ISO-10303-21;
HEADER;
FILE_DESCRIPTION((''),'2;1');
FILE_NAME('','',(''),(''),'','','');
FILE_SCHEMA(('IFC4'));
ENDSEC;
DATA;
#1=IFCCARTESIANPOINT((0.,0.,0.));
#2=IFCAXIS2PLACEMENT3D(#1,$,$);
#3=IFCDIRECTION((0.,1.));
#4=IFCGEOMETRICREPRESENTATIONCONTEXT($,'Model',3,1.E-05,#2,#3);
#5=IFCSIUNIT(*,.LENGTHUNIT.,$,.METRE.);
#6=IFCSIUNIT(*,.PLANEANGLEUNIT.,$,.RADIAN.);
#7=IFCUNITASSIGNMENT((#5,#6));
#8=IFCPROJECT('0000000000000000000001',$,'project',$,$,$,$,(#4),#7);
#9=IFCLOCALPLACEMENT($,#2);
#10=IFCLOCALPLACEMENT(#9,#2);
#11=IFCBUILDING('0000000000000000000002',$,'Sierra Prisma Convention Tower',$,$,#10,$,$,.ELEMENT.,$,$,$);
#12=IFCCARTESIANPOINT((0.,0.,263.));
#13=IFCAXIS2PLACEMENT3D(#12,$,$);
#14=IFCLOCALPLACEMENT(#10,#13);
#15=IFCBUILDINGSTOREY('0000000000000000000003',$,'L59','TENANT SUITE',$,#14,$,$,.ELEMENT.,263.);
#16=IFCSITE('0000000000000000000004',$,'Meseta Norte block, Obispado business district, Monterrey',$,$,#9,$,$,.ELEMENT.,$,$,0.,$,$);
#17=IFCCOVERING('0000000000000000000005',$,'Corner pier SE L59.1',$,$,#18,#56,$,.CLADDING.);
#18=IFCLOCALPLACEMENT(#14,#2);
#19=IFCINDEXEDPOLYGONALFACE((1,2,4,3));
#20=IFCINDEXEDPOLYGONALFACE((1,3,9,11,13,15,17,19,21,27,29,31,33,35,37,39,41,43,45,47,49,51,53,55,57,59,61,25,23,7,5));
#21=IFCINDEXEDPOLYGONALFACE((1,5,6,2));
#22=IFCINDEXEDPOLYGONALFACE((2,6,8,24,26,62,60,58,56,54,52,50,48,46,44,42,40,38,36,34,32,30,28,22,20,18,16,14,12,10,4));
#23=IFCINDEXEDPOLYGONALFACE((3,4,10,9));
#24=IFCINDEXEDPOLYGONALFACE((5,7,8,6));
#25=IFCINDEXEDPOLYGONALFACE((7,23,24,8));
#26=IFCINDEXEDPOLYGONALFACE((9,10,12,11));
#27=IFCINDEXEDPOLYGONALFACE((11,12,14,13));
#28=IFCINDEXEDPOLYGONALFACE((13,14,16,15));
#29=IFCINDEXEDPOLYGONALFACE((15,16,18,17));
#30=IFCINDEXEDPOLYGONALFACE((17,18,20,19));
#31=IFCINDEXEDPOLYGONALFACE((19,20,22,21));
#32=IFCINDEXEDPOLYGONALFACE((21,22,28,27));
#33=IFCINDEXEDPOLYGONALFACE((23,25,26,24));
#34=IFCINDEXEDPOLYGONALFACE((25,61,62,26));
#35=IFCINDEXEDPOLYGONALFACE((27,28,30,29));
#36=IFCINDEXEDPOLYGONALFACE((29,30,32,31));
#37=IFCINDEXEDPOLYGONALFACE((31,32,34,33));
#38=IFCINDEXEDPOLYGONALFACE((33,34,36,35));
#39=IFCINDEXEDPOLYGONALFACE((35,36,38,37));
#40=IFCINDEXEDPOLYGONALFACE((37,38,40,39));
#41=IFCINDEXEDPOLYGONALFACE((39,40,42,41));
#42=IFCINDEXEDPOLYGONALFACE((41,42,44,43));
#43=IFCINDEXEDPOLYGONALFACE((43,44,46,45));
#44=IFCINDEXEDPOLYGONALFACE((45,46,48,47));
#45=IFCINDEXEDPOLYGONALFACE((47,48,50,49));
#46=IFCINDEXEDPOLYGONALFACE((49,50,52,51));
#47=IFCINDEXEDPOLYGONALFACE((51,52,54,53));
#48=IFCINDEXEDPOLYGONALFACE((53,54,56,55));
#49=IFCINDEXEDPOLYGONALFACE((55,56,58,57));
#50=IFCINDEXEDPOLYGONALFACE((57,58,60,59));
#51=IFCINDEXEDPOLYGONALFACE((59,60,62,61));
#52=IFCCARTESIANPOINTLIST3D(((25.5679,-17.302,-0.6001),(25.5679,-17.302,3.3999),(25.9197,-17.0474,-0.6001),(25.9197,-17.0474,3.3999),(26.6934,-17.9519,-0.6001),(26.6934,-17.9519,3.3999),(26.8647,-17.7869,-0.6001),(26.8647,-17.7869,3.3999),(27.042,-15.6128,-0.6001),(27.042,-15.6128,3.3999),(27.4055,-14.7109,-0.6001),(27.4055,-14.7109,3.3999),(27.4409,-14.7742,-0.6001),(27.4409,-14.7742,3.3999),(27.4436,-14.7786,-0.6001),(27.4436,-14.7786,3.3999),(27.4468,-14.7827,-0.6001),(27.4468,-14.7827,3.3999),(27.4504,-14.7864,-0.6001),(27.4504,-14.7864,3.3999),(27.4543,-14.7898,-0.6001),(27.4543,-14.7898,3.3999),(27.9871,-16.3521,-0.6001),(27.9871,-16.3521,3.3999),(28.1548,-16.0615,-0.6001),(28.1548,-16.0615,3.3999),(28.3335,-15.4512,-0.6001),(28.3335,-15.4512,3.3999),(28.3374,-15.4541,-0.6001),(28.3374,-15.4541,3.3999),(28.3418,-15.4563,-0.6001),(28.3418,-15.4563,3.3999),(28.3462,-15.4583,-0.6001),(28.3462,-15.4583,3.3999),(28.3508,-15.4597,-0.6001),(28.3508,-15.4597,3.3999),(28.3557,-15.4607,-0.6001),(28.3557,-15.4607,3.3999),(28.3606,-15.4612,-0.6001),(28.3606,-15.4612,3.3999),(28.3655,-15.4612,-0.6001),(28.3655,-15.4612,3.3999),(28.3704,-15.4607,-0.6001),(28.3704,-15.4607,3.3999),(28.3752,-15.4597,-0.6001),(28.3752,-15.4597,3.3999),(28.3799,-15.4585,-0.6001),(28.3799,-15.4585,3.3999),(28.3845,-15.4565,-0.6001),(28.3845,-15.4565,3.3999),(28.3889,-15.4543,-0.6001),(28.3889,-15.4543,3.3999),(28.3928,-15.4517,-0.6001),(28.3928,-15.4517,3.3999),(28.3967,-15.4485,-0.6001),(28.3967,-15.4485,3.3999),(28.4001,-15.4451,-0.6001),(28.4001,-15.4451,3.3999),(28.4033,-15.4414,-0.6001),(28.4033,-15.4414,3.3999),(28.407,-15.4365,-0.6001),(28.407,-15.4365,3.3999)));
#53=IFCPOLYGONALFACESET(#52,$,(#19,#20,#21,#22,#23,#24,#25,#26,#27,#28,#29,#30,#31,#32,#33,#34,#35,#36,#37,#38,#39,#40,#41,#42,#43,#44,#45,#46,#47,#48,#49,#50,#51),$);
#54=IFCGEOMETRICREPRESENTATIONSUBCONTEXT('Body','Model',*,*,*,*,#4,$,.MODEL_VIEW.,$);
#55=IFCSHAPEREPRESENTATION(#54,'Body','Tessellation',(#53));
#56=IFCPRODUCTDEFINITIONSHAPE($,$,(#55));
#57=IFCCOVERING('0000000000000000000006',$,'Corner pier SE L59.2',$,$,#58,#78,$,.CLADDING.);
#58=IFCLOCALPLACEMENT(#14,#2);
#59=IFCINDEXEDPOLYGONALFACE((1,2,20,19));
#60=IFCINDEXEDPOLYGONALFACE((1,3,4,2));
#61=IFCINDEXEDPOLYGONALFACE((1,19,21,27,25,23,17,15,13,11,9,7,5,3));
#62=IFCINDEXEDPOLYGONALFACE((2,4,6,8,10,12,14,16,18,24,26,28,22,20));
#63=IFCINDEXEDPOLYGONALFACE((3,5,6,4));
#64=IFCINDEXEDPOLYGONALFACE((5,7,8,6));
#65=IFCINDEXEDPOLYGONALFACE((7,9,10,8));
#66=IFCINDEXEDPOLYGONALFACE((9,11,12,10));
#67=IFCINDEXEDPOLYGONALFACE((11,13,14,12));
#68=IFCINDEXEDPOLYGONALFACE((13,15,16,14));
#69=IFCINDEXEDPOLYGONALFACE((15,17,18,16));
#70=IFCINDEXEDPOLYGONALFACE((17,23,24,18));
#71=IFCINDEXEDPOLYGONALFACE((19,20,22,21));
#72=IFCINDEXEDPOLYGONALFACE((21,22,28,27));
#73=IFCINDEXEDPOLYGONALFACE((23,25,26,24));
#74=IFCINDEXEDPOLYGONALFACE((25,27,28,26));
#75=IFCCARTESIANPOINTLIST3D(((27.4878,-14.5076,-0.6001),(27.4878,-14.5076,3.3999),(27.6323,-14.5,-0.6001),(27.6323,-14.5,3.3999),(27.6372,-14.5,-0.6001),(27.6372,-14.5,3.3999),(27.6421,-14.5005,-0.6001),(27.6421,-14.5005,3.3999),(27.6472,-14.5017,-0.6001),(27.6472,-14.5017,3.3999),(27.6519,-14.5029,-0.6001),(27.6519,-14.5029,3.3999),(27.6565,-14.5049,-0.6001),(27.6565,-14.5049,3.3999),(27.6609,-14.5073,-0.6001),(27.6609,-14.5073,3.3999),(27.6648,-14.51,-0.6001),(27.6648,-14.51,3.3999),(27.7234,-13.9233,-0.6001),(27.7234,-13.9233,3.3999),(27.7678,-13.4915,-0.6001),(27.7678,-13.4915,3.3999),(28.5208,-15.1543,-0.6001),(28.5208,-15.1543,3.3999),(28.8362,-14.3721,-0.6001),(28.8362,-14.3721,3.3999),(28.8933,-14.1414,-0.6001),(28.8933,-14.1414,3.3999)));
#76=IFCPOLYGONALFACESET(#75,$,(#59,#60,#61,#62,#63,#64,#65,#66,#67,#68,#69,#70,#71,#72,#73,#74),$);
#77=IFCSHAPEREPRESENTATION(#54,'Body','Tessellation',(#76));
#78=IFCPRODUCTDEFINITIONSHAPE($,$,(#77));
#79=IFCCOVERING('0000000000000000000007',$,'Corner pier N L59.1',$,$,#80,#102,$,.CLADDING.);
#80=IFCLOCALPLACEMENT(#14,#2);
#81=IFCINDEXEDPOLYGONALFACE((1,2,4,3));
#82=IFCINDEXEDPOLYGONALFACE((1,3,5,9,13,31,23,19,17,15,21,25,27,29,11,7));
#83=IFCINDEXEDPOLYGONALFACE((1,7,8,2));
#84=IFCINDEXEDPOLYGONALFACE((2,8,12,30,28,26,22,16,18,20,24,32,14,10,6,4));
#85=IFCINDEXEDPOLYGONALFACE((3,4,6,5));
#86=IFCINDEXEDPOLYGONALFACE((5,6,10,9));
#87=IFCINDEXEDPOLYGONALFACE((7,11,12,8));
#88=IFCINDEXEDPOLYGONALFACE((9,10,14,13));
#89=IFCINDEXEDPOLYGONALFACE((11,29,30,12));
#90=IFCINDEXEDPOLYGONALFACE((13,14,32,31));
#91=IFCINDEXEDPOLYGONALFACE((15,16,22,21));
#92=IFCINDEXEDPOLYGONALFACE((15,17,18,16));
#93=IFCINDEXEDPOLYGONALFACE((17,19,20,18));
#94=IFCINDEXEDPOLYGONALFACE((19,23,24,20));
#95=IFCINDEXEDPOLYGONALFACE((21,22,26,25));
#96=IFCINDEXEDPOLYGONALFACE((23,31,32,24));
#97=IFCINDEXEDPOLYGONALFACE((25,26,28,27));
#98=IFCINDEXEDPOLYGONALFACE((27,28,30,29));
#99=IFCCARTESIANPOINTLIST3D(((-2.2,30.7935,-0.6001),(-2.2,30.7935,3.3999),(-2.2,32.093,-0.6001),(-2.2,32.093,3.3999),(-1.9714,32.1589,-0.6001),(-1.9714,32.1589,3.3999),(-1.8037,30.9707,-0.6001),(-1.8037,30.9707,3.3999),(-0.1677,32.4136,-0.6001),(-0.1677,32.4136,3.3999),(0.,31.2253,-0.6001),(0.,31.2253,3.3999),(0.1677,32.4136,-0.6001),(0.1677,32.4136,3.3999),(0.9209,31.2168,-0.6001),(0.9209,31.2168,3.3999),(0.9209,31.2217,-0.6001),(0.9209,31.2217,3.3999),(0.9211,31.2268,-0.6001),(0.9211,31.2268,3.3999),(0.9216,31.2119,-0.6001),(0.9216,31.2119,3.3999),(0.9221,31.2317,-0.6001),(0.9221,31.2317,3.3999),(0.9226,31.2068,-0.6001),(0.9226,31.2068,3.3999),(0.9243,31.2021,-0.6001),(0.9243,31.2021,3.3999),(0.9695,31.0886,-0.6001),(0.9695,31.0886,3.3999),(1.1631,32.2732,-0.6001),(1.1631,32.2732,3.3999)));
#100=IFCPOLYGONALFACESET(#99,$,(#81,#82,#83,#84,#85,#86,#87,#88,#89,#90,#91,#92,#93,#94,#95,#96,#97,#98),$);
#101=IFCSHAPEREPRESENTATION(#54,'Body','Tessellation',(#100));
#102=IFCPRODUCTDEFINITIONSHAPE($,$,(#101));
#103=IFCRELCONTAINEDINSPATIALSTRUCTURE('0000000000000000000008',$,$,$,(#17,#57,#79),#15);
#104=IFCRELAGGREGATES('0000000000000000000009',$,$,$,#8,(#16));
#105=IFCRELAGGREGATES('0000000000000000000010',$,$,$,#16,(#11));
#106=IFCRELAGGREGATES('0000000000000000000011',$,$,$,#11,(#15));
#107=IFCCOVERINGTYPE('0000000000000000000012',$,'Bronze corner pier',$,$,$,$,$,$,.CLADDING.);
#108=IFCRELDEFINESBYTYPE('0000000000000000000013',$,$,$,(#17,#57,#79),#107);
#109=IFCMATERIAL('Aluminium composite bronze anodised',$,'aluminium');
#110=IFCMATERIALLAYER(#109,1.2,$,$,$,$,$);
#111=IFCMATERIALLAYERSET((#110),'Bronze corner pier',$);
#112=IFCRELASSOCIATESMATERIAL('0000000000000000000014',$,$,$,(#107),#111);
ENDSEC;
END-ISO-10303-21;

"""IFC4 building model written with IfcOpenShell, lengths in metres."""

from ifc_helpers import new_model, si_unit, direction, frame, origin, place, context, subcontext, project, spatial, polyline, outline, extrude, material, layer, layer_set, type_object, element, save


model = new_model("IFC4")

# Units and contexts
model_context = context("Model", 3, precision=1e-05, world=origin(), true_north=direction((0.0, 1.0)))
body_context = subcontext(model_context, "Body", "Model", "MODEL_VIEW")
ifc_project = project(units=[si_unit("LENGTHUNIT", "METRE"), si_unit("PLANEANGLEUNIT", "RADIAN")], contexts=[model_context])

# Site, building, storey
site_placement = place(None, origin())
site = spatial("IfcSite", under=ifc_project, at=site_placement, Name="Meseta Norte block, Obispado business district, Monterrey", CompositionType="ELEMENT", RefElevation=0.0)
building_placement = place(site_placement, origin())
building = spatial("IfcBuilding", under=site, at=building_placement, Name="Sierra Prisma Convention Tower", CompositionType="ELEMENT")
storey_placement = place(building_placement, frame((0.0, 0.0, 263.0)))
storey = spatial("IfcBuildingStorey", under=building, at=storey_placement, Name="L59", Description="TENANT SUITE", CompositionType="ELEMENT", Elevation=263.0)

# Coverings
ifc_material_1 = material(Name="Aluminium composite bronze anodised", Category="aluminium")
ifc_layer_1 = layer(ifc_material_1, 1.2)
ifc_layer_set_1 = layer_set([ifc_layer_1], Name="Bronze corner pier")
covering_type = type_object("IfcCoveringType", Name="Bronze corner pier", PredefinedType="CLADDING", material=ifc_layer_set_1)
covering_1_placement = place(storey_placement, frame((0.0, 0.0, -0.6001)))
element("IfcCovering", 1, at=covering_1_placement, inside=storey, type_object=covering_type, Name="Corner pier SE L59.1", PredefinedType="CLADDING", context=body_context, shape_type="SweptSolid", body=[
    extrude(outline(polyline([(28.3374, -15.4541), (28.3418, -15.4563), (28.3462, -15.4583), (28.3508, -15.4597), (28.3557, -15.4607), (28.3606, -15.4612), (28.3655, -15.4612), (28.3704, -15.4607), (28.3752, -15.4597), (28.3799, -15.4585), (28.3845, -15.4565), (28.3889, -15.4543), (28.3928, -15.4517), (28.3967, -15.4485), (28.4001, -15.4451), (28.4033, -15.4414), (28.407, -15.4365), (28.1548, -16.0615), (27.9871, -16.3521), (26.8647, -17.7869), (26.6934, -17.9519), (25.5679, -17.302), (25.9197, -17.0474), (27.042, -15.6128), (27.4055, -14.7109), (27.4409, -14.7742), (27.4436, -14.7786), (27.4468, -14.7827), (27.4504, -14.7864), (27.4543, -14.7898), (28.3335, -15.4512), (28.3374, -15.4541)])), origin(), (0.0, 0.0, 1.0), 4.0),
])
covering_2_placement = place(storey_placement, frame((0.0, 0.0, -0.6001)))
element("IfcCovering", 2, at=covering_2_placement, inside=storey, type_object=covering_type, Name="Corner pier SE L59.2", PredefinedType="CLADDING", context=body_context, shape_type="SweptSolid", body=[
    extrude(outline(polyline([(27.6372, -14.5), (27.6323, -14.5), (27.4878, -14.5076), (27.7234, -13.9233), (27.7678, -13.4915), (28.8933, -14.1414), (28.8362, -14.3721), (28.5208, -15.1543), (27.6648, -14.51), (27.6609, -14.5073), (27.6565, -14.5049), (27.6519, -14.5029), (27.6472, -14.5017), (27.6421, -14.5005), (27.6372, -14.5)])), origin(), (0.0, 0.0, 1.0), 4.0),
])
covering_3_placement = place(storey_placement, frame((0.0, 0.0, -0.6001)))
element("IfcCovering", 3, at=covering_3_placement, inside=storey, type_object=covering_type, Name="Corner pier N L59.1", PredefinedType="CLADDING", context=body_context, shape_type="SweptSolid", body=[
    extrude(outline(polyline([(0.9221, 31.2317), (0.9211, 31.2268), (0.9209, 31.2217), (0.9209, 31.2168), (0.9216, 31.2119), (0.9226, 31.2068), (0.9243, 31.2021), (0.9695, 31.0886), (0.0, 31.2253), (-1.8037, 30.9707), (-2.2, 30.7935), (-2.2, 32.093), (-1.9714, 32.1589), (-0.1677, 32.4136), (0.1677, 32.4136), (1.1631, 32.2732), (0.9221, 31.2317)])), origin(), (0.0, 0.0, 1.0), 4.0),
])

save(model, "model.ifc")
